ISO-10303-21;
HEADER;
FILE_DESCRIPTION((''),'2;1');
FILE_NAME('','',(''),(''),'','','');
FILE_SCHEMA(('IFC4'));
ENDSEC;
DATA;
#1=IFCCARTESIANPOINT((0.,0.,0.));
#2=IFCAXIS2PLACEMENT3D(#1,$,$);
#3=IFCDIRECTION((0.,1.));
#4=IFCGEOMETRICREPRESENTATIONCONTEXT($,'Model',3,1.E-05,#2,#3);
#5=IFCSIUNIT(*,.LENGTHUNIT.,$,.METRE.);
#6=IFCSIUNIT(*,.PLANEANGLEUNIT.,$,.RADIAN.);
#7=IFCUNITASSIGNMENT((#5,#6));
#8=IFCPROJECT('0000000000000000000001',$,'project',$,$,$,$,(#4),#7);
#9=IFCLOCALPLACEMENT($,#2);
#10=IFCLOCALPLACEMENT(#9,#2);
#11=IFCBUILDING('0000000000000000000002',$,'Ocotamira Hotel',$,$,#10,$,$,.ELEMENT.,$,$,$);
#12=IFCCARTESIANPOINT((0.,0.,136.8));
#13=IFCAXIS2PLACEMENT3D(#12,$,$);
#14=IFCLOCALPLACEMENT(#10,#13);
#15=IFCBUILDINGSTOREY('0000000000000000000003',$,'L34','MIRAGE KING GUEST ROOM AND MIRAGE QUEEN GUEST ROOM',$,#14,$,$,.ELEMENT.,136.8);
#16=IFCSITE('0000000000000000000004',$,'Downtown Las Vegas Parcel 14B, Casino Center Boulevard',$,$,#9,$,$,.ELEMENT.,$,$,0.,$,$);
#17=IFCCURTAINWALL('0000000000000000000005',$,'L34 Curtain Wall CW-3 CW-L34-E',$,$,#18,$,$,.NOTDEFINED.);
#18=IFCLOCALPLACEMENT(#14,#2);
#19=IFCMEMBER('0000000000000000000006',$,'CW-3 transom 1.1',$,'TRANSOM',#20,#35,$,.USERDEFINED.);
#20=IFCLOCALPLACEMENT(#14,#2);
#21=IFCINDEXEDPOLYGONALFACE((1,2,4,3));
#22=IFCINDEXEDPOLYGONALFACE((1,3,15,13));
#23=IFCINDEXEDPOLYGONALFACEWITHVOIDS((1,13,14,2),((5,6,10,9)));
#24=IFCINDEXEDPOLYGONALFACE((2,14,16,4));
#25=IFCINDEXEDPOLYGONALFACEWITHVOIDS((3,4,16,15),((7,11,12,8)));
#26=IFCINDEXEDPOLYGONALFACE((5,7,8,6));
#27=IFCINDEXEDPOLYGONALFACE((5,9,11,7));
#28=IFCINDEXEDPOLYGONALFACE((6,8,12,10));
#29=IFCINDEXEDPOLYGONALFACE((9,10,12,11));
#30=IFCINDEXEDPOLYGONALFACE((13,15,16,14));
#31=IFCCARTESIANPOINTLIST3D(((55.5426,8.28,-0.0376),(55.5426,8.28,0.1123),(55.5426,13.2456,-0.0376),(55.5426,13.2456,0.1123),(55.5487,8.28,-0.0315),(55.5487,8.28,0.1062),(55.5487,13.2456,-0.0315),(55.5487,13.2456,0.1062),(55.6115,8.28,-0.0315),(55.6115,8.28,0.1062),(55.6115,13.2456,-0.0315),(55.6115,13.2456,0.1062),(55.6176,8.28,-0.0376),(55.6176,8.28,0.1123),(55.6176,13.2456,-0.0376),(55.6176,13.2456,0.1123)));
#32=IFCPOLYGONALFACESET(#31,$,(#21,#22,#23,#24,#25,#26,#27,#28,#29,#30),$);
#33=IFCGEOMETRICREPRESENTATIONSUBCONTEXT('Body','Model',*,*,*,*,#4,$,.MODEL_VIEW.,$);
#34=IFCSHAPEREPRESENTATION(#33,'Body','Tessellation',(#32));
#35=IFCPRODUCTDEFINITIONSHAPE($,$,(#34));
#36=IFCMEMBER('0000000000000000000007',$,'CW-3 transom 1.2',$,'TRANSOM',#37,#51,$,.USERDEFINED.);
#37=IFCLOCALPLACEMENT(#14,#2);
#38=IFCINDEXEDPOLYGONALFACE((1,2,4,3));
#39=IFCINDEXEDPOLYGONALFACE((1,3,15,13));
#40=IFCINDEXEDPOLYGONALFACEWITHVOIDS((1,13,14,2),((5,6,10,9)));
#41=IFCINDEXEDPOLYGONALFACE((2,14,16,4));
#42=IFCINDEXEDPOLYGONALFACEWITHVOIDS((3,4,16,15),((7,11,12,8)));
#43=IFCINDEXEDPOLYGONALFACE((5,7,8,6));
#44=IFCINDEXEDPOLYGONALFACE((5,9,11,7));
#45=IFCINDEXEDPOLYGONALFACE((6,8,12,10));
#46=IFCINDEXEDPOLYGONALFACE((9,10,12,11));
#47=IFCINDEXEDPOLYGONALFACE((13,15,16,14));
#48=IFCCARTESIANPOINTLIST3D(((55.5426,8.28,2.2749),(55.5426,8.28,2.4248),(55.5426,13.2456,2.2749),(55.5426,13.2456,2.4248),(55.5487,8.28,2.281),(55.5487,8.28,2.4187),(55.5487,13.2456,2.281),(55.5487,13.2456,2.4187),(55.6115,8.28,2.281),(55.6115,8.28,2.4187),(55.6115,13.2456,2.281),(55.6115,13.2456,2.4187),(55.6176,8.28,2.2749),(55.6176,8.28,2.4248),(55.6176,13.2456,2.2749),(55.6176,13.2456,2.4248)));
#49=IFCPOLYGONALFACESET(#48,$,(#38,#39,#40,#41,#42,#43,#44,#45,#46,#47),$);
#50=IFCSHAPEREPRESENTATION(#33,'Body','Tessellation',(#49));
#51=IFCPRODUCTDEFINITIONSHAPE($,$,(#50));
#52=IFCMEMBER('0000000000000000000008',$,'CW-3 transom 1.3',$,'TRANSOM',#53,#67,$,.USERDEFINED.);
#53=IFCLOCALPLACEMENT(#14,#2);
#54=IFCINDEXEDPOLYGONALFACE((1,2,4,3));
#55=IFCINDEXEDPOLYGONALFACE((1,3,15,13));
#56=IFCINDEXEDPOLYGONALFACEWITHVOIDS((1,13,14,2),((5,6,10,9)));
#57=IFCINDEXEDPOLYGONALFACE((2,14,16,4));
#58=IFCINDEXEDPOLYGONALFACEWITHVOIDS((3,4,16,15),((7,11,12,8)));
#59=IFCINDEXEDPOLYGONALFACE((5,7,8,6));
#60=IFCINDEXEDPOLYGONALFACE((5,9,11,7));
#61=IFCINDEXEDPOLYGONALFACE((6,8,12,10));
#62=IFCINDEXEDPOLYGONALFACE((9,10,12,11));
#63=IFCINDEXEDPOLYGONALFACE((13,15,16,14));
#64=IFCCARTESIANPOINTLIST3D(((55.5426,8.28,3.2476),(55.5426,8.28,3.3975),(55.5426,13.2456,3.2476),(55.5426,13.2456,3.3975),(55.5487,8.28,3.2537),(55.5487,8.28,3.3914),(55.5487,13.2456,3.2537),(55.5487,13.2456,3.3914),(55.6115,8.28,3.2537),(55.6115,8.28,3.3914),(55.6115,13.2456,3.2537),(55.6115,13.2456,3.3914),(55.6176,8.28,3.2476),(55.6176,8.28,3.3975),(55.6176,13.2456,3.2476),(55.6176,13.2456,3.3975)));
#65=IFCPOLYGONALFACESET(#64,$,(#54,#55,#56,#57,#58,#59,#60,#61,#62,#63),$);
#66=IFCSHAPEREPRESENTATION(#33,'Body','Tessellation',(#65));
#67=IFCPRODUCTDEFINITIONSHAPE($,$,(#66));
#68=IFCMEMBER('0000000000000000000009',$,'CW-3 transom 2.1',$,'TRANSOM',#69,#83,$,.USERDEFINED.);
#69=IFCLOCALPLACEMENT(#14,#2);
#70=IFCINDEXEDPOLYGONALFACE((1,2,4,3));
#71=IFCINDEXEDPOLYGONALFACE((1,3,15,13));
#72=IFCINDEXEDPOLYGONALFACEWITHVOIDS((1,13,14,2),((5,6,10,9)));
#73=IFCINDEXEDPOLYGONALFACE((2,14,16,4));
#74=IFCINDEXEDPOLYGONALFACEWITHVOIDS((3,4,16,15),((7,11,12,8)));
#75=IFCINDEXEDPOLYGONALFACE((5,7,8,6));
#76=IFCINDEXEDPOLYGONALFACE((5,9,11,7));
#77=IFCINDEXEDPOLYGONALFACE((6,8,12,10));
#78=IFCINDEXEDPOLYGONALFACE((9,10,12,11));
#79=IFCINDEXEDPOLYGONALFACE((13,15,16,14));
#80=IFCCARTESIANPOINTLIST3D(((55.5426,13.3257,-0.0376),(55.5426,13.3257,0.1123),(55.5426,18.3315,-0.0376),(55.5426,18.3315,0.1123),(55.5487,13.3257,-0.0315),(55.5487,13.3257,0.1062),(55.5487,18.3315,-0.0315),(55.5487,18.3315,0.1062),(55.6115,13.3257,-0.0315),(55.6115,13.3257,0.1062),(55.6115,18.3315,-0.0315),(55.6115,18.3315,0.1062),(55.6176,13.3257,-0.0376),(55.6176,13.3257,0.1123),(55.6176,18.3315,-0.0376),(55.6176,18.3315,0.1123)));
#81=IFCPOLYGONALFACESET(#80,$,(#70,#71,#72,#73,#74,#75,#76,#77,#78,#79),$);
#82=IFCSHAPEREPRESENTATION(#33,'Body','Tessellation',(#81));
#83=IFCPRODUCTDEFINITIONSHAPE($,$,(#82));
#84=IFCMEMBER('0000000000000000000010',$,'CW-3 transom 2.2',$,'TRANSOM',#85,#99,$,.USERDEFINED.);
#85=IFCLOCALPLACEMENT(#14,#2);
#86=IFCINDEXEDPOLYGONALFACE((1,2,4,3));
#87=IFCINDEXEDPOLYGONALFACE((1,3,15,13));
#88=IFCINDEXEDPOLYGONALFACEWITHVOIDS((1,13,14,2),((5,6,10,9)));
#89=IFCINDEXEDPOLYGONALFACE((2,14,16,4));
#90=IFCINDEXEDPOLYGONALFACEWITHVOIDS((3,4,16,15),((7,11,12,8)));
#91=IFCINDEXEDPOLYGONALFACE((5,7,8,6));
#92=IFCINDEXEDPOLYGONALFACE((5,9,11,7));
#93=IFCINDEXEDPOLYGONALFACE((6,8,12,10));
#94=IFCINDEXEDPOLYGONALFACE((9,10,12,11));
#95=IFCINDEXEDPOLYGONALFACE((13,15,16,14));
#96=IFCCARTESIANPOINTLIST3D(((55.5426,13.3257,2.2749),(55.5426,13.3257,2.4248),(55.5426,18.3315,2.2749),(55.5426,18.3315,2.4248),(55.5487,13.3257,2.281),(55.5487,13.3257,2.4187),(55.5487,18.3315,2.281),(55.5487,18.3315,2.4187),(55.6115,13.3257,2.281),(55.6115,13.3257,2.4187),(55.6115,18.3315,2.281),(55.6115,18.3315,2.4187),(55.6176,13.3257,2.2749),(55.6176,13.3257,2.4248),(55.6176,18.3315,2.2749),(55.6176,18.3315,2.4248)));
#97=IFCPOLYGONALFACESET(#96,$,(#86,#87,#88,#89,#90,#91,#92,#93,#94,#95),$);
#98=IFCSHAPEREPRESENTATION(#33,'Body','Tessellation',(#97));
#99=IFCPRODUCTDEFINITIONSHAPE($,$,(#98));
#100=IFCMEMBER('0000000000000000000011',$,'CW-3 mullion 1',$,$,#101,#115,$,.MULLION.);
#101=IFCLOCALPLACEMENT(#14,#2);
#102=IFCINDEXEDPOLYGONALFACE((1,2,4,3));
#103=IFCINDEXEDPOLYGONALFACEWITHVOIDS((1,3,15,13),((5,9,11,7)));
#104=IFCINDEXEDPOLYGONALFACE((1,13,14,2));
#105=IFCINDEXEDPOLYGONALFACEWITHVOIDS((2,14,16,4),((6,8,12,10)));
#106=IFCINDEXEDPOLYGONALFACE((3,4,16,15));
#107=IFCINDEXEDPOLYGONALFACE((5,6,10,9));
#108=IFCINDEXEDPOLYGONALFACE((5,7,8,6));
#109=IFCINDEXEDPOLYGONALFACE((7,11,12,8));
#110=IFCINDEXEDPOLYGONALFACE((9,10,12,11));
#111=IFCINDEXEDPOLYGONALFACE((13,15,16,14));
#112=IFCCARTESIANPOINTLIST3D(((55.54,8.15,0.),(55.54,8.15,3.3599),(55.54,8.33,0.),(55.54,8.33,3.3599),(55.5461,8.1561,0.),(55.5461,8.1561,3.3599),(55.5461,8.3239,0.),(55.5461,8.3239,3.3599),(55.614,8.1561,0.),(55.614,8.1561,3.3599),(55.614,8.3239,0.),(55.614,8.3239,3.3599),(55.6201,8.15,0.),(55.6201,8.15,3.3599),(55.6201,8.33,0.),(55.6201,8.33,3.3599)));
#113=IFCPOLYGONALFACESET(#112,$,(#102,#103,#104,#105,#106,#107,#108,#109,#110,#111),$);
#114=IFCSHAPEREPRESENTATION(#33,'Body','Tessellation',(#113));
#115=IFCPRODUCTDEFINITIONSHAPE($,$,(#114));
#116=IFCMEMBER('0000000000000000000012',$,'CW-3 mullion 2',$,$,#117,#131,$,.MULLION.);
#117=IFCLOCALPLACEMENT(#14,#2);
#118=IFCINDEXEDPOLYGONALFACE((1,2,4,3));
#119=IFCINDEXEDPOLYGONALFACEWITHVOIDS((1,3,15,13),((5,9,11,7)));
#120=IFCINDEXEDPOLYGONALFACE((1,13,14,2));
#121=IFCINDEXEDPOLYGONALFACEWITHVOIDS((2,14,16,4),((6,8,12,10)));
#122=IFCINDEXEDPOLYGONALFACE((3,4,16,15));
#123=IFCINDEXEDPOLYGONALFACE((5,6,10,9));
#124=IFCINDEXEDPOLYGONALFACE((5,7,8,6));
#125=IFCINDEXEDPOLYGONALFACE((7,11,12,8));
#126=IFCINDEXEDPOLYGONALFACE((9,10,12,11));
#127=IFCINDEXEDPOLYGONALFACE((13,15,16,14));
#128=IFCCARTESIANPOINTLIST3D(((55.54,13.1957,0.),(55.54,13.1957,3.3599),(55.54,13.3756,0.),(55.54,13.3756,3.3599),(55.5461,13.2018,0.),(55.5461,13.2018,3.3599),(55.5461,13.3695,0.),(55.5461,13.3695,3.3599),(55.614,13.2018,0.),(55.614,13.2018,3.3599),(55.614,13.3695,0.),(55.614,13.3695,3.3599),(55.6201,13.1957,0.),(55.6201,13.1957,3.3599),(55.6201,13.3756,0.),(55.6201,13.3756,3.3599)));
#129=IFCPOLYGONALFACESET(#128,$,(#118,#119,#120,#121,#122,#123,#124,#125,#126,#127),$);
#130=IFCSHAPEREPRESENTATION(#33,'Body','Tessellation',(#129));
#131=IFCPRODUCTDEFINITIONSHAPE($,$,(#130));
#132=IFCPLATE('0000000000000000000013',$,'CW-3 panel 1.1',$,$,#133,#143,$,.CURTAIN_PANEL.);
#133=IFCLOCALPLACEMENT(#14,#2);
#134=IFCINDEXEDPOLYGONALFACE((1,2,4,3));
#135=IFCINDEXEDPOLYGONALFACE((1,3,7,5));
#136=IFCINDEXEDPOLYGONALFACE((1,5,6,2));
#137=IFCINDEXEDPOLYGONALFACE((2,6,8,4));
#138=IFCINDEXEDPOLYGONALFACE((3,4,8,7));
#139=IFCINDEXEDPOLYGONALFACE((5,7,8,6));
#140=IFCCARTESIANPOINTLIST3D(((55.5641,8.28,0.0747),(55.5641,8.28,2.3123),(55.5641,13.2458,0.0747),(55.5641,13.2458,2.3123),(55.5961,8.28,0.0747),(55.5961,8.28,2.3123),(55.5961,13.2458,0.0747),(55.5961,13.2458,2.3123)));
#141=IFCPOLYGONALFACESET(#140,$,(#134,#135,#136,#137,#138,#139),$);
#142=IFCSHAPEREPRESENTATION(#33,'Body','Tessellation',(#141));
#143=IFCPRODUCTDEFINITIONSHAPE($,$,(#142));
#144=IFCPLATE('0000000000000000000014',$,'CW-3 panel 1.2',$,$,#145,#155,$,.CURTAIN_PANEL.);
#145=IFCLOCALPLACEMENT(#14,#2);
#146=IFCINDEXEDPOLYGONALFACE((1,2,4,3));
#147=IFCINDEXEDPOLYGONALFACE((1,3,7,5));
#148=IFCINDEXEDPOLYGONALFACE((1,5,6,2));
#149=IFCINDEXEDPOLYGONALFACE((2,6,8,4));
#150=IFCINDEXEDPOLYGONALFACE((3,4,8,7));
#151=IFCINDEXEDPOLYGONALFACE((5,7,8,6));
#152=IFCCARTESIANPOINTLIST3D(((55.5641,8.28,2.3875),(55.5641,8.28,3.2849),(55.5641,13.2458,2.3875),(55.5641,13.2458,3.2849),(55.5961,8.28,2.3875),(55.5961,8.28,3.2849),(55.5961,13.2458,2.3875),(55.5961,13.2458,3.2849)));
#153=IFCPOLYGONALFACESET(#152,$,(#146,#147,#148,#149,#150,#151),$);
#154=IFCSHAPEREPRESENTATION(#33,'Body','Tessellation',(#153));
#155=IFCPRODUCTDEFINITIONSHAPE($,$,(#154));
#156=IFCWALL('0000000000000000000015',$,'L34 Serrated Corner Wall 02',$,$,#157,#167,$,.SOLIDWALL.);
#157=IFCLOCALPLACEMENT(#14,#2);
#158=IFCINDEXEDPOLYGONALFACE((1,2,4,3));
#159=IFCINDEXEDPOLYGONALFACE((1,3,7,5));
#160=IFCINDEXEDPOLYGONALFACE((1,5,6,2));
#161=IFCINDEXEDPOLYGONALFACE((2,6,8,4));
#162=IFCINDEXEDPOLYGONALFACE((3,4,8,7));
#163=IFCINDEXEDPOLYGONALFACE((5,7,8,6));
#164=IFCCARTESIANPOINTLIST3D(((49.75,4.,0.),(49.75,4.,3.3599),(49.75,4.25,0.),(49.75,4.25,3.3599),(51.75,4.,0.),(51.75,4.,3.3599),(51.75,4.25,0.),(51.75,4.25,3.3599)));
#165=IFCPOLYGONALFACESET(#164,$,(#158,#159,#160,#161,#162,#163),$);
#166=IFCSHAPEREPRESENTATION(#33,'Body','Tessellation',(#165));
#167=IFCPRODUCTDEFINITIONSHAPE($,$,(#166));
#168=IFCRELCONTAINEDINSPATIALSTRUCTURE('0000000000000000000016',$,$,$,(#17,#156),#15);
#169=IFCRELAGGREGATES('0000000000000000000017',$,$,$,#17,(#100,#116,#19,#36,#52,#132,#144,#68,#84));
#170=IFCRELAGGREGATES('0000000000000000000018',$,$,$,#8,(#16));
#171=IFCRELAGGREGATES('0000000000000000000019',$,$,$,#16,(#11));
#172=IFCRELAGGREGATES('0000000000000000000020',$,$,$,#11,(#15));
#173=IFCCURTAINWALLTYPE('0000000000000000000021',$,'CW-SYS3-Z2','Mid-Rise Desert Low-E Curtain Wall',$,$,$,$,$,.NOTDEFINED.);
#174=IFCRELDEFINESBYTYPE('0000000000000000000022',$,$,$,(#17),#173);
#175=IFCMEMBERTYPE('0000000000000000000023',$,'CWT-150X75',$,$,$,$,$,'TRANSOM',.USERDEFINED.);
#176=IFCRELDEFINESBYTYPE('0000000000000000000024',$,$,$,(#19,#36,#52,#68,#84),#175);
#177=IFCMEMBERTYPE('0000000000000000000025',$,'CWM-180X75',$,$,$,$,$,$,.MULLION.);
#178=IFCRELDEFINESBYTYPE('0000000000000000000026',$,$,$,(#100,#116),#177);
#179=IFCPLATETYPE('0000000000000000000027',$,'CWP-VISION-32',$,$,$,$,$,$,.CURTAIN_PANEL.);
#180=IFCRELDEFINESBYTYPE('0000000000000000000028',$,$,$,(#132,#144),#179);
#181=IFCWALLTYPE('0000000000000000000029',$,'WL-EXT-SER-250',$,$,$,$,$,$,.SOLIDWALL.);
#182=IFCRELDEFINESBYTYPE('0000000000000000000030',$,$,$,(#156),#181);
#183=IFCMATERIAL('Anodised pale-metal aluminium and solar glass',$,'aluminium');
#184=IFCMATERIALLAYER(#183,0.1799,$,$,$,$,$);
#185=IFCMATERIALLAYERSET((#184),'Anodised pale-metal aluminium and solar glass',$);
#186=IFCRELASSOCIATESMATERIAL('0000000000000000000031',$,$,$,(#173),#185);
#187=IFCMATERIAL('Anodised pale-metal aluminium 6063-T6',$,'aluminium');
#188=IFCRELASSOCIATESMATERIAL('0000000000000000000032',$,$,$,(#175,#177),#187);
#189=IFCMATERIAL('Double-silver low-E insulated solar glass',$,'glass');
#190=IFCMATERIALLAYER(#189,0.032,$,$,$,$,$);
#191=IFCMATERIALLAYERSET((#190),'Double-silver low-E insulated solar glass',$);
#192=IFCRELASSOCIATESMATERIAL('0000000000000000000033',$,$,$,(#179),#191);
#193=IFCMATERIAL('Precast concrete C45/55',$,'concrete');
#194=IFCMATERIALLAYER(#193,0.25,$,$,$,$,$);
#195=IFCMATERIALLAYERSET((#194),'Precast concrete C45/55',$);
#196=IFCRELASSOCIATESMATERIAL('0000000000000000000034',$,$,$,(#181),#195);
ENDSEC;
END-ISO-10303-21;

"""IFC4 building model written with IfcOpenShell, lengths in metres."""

from ifc_helpers import new_model, si_unit, direction, frame, frame_2d, origin, origin_2d, place, context, subcontext, project, spatial, rectangle, hollow_rectangle, extrude, source, transform, mapped, material, layer, layer_set, material_profile, profile_set, type_object, element, aggregate, save


model = new_model("IFC4")

# Units and contexts
model_context = context("Model", 3, precision=1e-05, world=origin(), true_north=direction((0.0, 1.0)))
body_context = subcontext(model_context, "Body", "Model", "MODEL_VIEW")
ifc_project = project(units=[si_unit("LENGTHUNIT", "METRE"), si_unit("PLANEANGLEUNIT", "RADIAN")], contexts=[model_context])

# Site, building, storey
site_placement = place(None, origin())
site = spatial("IfcSite", under=ifc_project, at=site_placement, Name="Downtown Las Vegas Parcel 14B, Casino Center Boulevard", CompositionType="ELEMENT", RefElevation=0.0)
building_placement = place(site_placement, origin())
building = spatial("IfcBuilding", under=site, at=building_placement, Name="Ocotamira Hotel", CompositionType="ELEMENT")
storey_placement = place(building_placement, frame((0.0, 0.0, 136.8)))
storey = spatial("IfcBuildingStorey", under=building, at=storey_placement, Name="L34", Description="MIRAGE KING GUEST ROOM AND MIRAGE QUEEN GUEST ROOM", CompositionType="ELEMENT", Elevation=136.8)

# Curtain wall, members, plates
ifc_material_1 = material(Name="Anodised pale-metal aluminium and solar glass", Category="aluminium")
ifc_layer_1 = layer(ifc_material_1, 0.1799)
ifc_layer_set_1 = layer_set([ifc_layer_1], Name="Anodised pale-metal aluminium and solar glass")
curtain_wall_type = type_object("IfcCurtainWallType", Name="CW-SYS3-Z2", Description="Mid-Rise Desert Low-E Curtain Wall", PredefinedType="NOTDEFINED", material=ifc_layer_set_1)
curtain_wall_placement = place(storey_placement, origin())
curtain_wall = element("IfcCurtainWall", 1, at=curtain_wall_placement, inside=storey, type_object=curtain_wall_type, Name="L34 Curtain Wall CW-3 CW-L34-E", PredefinedType="NOTDEFINED")
ifc_material_2 = material(Name="Anodised pale-metal aluminium 6063-T6", Category="aluminium")
ifc_material_profile_1 = material_profile(ifc_material_2, hollow_rectangle(XDim=0.075, YDim=0.1499, WallThickness=0.0061, at=origin_2d()), Name="HSS150X75X6")
ifc_profile_set_1 = profile_set([ifc_material_profile_1], Name="Anodised pale-metal aluminium 6063-T6")
member_type_1 = type_object("IfcMemberType", Name="CWT-150X75", ElementType="TRANSOM", PredefinedType="USERDEFINED", material=ifc_profile_set_1)
shared_shape_1 = source(origin(), body_context, "Body", "SweptSolid", [
    extrude(hollow_rectangle(XDim=0.075, YDim=0.1499, WallThickness=0.0061, at=origin_2d()), origin(), (0.0, 0.0, 1.0), 4.9656),
])
member_1_placement = place(storey_placement, frame((55.5801, 8.28, 0.0374), z_axis=(0.0, 1.0, 0.0), x_axis=(-1.0, 0.0, 0.0)))
member_1 = element("IfcMember", 2, at=member_1_placement, type_object=member_type_1, Name="CW-3 transom 1.1", ObjectType="TRANSOM", PredefinedType="USERDEFINED", context=body_context, shape_type="MappedRepresentation", body=[
    mapped(shared_shape_1, transform((0.0, 0.0, 0.0), scale=1.0)),
])
member_2_placement = place(storey_placement, frame((55.5801, 8.28, 2.3499), z_axis=(0.0, 1.0, 0.0), x_axis=(-1.0, 0.0, 0.0)))
member_2 = element("IfcMember", 3, at=member_2_placement, type_object=member_type_1, Name="CW-3 transom 1.2", ObjectType="TRANSOM", PredefinedType="USERDEFINED", context=body_context, shape_type="MappedRepresentation", body=[
    mapped(shared_shape_1, transform((0.0, 0.0, 0.0), scale=1.0)),
])
member_3_placement = place(storey_placement, frame((55.5801, 8.28, 3.3225), z_axis=(0.0, 1.0, 0.0), x_axis=(-1.0, 0.0, 0.0)))
member_3 = element("IfcMember", 4, at=member_3_placement, type_object=member_type_1, Name="CW-3 transom 1.3", ObjectType="TRANSOM", PredefinedType="USERDEFINED", context=body_context, shape_type="MappedRepresentation", body=[
    mapped(shared_shape_1, transform((0.0, 0.0, 0.0), scale=1.0)),
])
shared_shape_2 = source(origin(), body_context, "Body", "SweptSolid", [
    extrude(hollow_rectangle(XDim=0.075, YDim=0.1499, WallThickness=0.0061, at=origin_2d()), origin(), (0.0, 0.0, 1.0), 5.0059),
])
member_4_placement = place(storey_placement, frame((55.5801, 13.3257, 0.0374), z_axis=(0.0, 1.0, 0.0), x_axis=(-1.0, 0.0, 0.0)))
member_4 = element("IfcMember", 5, at=member_4_placement, type_object=member_type_1, Name="CW-3 transom 2.1", ObjectType="TRANSOM", PredefinedType="USERDEFINED", context=body_context, shape_type="MappedRepresentation", body=[
    mapped(shared_shape_2, transform((0.0, 0.0, 0.0), scale=1.0)),
])
member_5_placement = place(storey_placement, frame((55.5801, 13.3257, 2.3499), z_axis=(0.0, 1.0, 0.0), x_axis=(-1.0, 0.0, 0.0)))
member_5 = element("IfcMember", 6, at=member_5_placement, type_object=member_type_1, Name="CW-3 transom 2.2", ObjectType="TRANSOM", PredefinedType="USERDEFINED", context=body_context, shape_type="MappedRepresentation", body=[
    mapped(shared_shape_2, transform((0.0, 0.0, 0.0), scale=1.0)),
])
ifc_material_profile_2 = material_profile(ifc_material_2, hollow_rectangle(XDim=0.0801, YDim=0.1799, WallThickness=0.0061, at=origin_2d()), Name="HSS180X80X6")
ifc_profile_set_2 = profile_set([ifc_material_profile_2], Name="Anodised pale-metal aluminium 6063-T6")
member_type_2 = type_object("IfcMemberType", Name="CWM-180X75", PredefinedType="MULLION", material=ifc_profile_set_2)
shared_shape_3 = source(origin(), body_context, "Body", "SweptSolid", [
    extrude(hollow_rectangle(XDim=0.0801, YDim=0.1799, WallThickness=0.0061, at=origin_2d()), origin(), (0.0, 0.0, 1.0), 3.3599),
])
member_6_placement = place(storey_placement, frame((55.5801, 8.24, 0.0), z_axis=(0.0, 0.0, 1.0), x_axis=(-1.0, 0.0, 0.0)))
member_6 = element("IfcMember", 7, at=member_6_placement, type_object=member_type_2, Name="CW-3 mullion 1", PredefinedType="MULLION", context=body_context, shape_type="MappedRepresentation", body=[
    mapped(shared_shape_3, transform((0.0, 0.0, 0.0), scale=1.0)),
])
member_7_placement = place(storey_placement, frame((55.5801, 13.2856, 0.0), z_axis=(0.0, 0.0, 1.0), x_axis=(-1.0, 0.0, 0.0)))
member_7 = element("IfcMember", 8, at=member_7_placement, type_object=member_type_2, Name="CW-3 mullion 2", PredefinedType="MULLION", context=body_context, shape_type="MappedRepresentation", body=[
    mapped(shared_shape_3, transform((0.0, 0.0, 0.0), scale=1.0)),
])
ifc_material_3 = material(Name="Double-silver low-E insulated solar glass", Category="glass")
ifc_layer_2 = layer(ifc_material_3, 0.032)
ifc_layer_set_2 = layer_set([ifc_layer_2], Name="Double-silver low-E insulated solar glass")
plate_type = type_object("IfcPlateType", Name="CWP-VISION-32", PredefinedType="CURTAIN_PANEL", material=ifc_layer_set_2)
shared_shape_4 = source(origin(), body_context, "Body", "SweptSolid", [
    extrude(rectangle(XDim=4.9658, YDim=0.032, at=origin_2d()), origin(), (0.0, 0.0, 1.0), 2.2375),
])
plate_1_placement = place(storey_placement, frame((55.5801, 10.7629, 0.0747), z_axis=(0.0, 0.0, 1.0), x_axis=(0.0, 1.0, 0.0)))
plate_1 = element("IfcPlate", 9, at=plate_1_placement, type_object=plate_type, Name="CW-3 panel 1.1", PredefinedType="CURTAIN_PANEL", context=body_context, shape_type="MappedRepresentation", body=[
    mapped(shared_shape_4, transform((0.0, 0.0, 0.0), scale=1.0)),
])
shared_shape_5 = source(origin(), body_context, "Body", "SweptSolid", [
    extrude(rectangle(XDim=4.9658, YDim=0.032, at=origin_2d()), origin(), (0.0, 0.0, 1.0), 0.8975),
])
plate_2_placement = place(storey_placement, frame((55.5801, 10.7629, 2.3875), z_axis=(0.0, 0.0, 1.0), x_axis=(0.0, 1.0, 0.0)))
plate_2 = element("IfcPlate", 10, at=plate_2_placement, type_object=plate_type, Name="CW-3 panel 1.2", PredefinedType="CURTAIN_PANEL", context=body_context, shape_type="MappedRepresentation", body=[
    mapped(shared_shape_5, transform((0.0, 0.0, 0.0), scale=1.0)),
])
aggregate(curtain_wall, [member_6, member_7, member_1, member_2, member_3, plate_1, plate_2, member_4, member_5])

# Wall
ifc_material_4 = material(Name="Precast concrete C45/55", Category="concrete")
ifc_layer_3 = layer(ifc_material_4, 0.25)
ifc_layer_set_3 = layer_set([ifc_layer_3], Name="Precast concrete C45/55")
wall_type_1 = type_object("IfcWallType", Name="WL-EXT-SER-250", PredefinedType="SOLIDWALL", material=ifc_layer_set_3)
wall_1_placement = place(storey_placement, frame((49.75, 4.125, 0.0), z_axis=(0.0, 0.0, 1.0), x_axis=(1.0, 0.0, 0.0)))
element("IfcWall", 11, at=wall_1_placement, inside=storey, type_object=wall_type_1, Name="L34 Serrated Corner Wall 02", PredefinedType="SOLIDWALL", context=body_context, shape_type="SweptSolid", body=[
    extrude(rectangle(XDim=2.0, YDim=0.25, at=frame_2d((1.0, 0.0))), origin(), (0.0, 0.0, 1.0), 3.3599),
])

save(model, "model.ifc")
